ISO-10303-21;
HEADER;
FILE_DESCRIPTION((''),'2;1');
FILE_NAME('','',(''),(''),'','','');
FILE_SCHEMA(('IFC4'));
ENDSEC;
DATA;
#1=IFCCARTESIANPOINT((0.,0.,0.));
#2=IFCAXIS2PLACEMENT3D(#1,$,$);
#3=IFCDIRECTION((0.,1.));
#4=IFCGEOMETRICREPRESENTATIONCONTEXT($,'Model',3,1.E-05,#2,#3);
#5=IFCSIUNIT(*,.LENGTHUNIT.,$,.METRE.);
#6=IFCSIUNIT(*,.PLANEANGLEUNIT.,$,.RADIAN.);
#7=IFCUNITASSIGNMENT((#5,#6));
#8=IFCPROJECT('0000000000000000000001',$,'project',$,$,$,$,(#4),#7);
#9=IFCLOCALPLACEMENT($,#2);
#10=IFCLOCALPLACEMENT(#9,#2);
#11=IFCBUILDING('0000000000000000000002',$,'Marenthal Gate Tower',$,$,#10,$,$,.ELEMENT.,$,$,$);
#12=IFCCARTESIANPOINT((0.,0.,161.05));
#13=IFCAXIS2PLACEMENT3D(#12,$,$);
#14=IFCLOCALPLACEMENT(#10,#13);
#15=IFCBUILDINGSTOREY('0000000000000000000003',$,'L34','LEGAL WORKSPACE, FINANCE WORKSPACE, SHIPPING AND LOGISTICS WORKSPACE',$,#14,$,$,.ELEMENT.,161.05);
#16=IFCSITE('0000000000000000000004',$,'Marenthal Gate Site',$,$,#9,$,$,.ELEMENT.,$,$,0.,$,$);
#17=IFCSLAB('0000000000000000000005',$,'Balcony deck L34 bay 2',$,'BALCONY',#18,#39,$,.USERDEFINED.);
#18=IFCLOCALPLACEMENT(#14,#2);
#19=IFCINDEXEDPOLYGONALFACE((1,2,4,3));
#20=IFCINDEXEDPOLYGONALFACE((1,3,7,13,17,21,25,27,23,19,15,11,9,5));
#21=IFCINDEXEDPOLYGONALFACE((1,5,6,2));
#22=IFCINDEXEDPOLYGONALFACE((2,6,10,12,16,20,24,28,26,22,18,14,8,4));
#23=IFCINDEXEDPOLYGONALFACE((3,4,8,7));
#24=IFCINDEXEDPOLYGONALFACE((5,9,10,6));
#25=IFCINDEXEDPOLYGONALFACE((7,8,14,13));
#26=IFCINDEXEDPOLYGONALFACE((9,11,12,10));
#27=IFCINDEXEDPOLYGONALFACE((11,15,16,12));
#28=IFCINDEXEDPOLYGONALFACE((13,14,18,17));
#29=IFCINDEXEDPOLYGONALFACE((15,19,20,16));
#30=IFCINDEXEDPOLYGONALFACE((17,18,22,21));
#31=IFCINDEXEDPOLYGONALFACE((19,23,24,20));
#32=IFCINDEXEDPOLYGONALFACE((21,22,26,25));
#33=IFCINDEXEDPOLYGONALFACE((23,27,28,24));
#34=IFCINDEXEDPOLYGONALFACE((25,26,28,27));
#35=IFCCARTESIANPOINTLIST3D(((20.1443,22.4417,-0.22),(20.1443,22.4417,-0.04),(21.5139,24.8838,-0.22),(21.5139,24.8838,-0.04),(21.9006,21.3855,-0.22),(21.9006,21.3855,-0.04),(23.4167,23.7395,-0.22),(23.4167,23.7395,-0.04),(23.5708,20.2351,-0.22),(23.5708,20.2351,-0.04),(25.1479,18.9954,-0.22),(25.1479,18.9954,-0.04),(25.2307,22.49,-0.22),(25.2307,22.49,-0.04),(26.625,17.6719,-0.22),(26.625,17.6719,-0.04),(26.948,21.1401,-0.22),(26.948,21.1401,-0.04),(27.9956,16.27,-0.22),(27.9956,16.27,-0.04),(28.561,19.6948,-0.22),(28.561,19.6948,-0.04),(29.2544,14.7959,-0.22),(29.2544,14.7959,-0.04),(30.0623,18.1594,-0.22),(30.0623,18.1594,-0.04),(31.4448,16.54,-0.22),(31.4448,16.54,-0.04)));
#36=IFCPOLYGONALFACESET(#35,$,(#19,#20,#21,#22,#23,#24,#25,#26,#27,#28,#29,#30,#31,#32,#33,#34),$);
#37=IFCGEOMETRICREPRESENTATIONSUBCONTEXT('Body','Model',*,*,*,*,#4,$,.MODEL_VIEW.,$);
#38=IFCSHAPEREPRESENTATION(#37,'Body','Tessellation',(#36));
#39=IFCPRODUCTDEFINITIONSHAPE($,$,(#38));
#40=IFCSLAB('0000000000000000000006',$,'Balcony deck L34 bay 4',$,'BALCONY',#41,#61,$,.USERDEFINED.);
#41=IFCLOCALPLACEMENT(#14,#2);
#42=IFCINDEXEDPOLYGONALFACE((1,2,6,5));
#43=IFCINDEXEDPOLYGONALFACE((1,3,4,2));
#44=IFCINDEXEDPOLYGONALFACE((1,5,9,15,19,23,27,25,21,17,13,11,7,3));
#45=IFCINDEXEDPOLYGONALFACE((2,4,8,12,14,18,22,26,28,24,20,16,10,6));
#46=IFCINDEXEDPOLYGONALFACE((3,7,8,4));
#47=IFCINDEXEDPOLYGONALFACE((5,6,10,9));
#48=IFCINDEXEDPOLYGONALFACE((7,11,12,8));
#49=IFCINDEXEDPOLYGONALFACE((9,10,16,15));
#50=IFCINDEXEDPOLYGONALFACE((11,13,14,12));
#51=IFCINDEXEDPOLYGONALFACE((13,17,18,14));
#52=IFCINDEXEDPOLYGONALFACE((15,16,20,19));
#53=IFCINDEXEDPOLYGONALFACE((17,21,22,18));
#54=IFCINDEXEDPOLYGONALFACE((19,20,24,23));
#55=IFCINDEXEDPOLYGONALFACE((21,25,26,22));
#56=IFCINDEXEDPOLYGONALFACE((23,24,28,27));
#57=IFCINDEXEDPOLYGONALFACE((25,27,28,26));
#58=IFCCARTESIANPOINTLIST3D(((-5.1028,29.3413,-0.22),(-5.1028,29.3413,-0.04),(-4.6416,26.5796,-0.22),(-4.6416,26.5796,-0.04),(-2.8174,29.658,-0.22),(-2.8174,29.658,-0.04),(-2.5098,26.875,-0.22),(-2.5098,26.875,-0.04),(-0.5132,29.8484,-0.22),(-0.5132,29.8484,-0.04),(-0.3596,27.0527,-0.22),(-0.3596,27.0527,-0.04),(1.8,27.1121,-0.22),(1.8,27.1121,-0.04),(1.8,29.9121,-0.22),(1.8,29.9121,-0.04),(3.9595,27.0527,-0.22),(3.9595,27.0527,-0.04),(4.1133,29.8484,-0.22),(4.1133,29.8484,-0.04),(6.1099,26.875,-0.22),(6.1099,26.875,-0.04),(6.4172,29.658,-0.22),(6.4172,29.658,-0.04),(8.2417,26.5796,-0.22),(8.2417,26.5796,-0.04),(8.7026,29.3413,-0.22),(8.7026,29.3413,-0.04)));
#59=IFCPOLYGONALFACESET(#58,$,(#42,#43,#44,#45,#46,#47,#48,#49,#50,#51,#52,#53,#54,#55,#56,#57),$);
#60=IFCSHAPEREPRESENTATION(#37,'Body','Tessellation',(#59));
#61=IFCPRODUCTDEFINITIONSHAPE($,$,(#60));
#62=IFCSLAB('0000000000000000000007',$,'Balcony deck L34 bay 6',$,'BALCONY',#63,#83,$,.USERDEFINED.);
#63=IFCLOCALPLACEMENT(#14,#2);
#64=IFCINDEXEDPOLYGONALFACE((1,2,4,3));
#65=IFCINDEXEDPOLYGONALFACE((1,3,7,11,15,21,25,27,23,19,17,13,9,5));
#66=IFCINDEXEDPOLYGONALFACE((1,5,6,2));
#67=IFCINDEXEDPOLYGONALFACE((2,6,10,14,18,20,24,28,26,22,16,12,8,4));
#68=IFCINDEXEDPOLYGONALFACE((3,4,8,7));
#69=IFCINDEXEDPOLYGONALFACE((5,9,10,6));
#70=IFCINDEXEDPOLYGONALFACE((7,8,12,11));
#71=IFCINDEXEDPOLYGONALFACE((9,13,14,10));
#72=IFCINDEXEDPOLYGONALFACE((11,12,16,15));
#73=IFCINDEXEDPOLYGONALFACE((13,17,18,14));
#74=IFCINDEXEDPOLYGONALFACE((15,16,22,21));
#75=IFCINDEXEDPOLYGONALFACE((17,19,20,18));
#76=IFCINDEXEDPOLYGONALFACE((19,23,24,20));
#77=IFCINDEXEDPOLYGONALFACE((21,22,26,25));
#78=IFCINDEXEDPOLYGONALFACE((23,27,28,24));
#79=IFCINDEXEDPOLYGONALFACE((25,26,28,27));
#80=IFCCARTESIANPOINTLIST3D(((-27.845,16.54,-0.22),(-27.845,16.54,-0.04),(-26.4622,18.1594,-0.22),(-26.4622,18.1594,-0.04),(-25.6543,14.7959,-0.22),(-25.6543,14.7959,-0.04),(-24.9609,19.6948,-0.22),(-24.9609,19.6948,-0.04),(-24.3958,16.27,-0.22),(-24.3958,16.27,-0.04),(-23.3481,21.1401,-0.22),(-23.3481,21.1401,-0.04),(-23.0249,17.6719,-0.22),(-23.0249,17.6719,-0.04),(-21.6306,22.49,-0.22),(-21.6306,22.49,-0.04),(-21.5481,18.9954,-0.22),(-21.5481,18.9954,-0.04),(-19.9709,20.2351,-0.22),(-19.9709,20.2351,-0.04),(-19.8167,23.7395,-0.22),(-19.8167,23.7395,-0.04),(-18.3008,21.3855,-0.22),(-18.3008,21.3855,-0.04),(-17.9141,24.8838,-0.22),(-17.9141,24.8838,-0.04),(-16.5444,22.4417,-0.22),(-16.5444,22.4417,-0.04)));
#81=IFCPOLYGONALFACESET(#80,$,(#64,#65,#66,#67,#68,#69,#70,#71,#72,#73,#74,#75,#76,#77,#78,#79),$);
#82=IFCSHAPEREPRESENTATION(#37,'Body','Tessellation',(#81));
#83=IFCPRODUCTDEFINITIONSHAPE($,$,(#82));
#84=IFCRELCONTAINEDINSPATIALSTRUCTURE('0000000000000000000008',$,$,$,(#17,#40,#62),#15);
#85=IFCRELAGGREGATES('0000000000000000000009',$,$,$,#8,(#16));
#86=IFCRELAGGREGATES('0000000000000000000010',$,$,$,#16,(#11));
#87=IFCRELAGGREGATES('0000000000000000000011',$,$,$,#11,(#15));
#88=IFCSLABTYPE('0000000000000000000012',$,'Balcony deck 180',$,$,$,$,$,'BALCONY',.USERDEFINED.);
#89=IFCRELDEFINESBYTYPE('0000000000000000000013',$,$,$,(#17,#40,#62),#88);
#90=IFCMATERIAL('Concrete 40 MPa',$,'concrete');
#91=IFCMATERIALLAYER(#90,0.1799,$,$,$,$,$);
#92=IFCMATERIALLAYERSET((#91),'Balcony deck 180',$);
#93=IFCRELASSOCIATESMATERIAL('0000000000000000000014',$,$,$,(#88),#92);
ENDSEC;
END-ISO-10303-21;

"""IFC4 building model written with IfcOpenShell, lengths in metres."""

from ifc_helpers import new_model, si_unit, direction, frame, origin, place, context, subcontext, project, spatial, polyline, outline, extrude, material, layer, layer_set, type_object, element, save


model = new_model("IFC4")

# Units and contexts
model_context = context("Model", 3, precision=1e-05, world=origin(), true_north=direction((0.0, 1.0)))
body_context = subcontext(model_context, "Body", "Model", "MODEL_VIEW")
ifc_project = project(units=[si_unit("LENGTHUNIT", "METRE"), si_unit("PLANEANGLEUNIT", "RADIAN")], contexts=[model_context])

# Site, building, storey
site_placement = place(None, origin())
site = spatial("IfcSite", under=ifc_project, at=site_placement, Name="Marenthal Gate Site", CompositionType="ELEMENT", RefElevation=0.0)
building_placement = place(site_placement, origin())
building = spatial("IfcBuilding", under=site, at=building_placement, Name="Marenthal Gate Tower", CompositionType="ELEMENT")
storey_placement = place(building_placement, frame((0.0, 0.0, 161.05)))
storey = spatial("IfcBuildingStorey", under=building, at=storey_placement, Name="L34", Description="LEGAL WORKSPACE, FINANCE WORKSPACE, SHIPPING AND LOGISTICS WORKSPACE", CompositionType="ELEMENT", Elevation=161.05)

# Slabs
ifc_material_1 = material(Name="Concrete 40 MPa", Category="concrete")
ifc_layer_1 = layer(ifc_material_1, 0.1799)
ifc_layer_set_1 = layer_set([ifc_layer_1], Name="Balcony deck 180")
slab_type_1 = type_object("IfcSlabType", Name="Balcony deck 180", ElementType="BALCONY", PredefinedType="USERDEFINED", material=ifc_layer_set_1)
slab_1_placement = place(storey_placement, frame((0.0, 0.0, -0.22)))
element("IfcSlab", 1, at=slab_1_placement, inside=storey, type_object=slab_type_1, Name="Balcony deck L34 bay 2", ObjectType="BALCONY", PredefinedType="USERDEFINED", context=body_context, shape_type="SweptSolid", body=[
    extrude(outline(polyline([(29.2544, 14.7959), (27.9956, 16.27), (26.625, 17.6719), (25.1479, 18.9954), (23.5708, 20.2351), (21.9006, 21.3855), (20.1443, 22.4417), (21.5139, 24.8838), (23.4167, 23.7395), (25.2307, 22.49), (26.948, 21.1401), (28.561, 19.6948), (30.0623, 18.1594), (31.4448, 16.54), (29.2544, 14.7959)])), origin(), (0.0, 0.0, 1.0), 0.1799),
])
slab_2_placement = place(storey_placement, frame((0.0, 0.0, -0.22)))
element("IfcSlab", 2, at=slab_2_placement, inside=storey, type_object=slab_type_1, Name="Balcony deck L34 bay 4", ObjectType="BALCONY", PredefinedType="USERDEFINED", context=body_context, shape_type="SweptSolid", body=[
    extrude(outline(polyline([(8.2417, 26.5796), (6.1099, 26.875), (3.9595, 27.0527), (1.8, 27.1121), (-0.3596, 27.0527), (-2.5098, 26.875), (-4.6416, 26.5796), (-5.1028, 29.3413), (-2.8174, 29.658), (-0.5132, 29.8484), (1.8, 29.9121), (4.1133, 29.8484), (6.4172, 29.658), (8.7026, 29.3413), (8.2417, 26.5796)])), origin(), (0.0, 0.0, 1.0), 0.1799),
])
slab_3_placement = place(storey_placement, frame((0.0, 0.0, -0.22)))
element("IfcSlab", 3, at=slab_3_placement, inside=storey, type_object=slab_type_1, Name="Balcony deck L34 bay 6", ObjectType="BALCONY", PredefinedType="USERDEFINED", context=body_context, shape_type="SweptSolid", body=[
    extrude(outline(polyline([(-16.5444, 22.4417), (-18.3008, 21.3855), (-19.9709, 20.2351), (-21.5481, 18.9954), (-23.0249, 17.6719), (-24.3958, 16.27), (-25.6543, 14.7959), (-27.845, 16.54), (-26.4622, 18.1594), (-24.9609, 19.6948), (-23.3481, 21.1401), (-21.6306, 22.49), (-19.8167, 23.7395), (-17.9141, 24.8838), (-16.5444, 22.4417)])), origin(), (0.0, 0.0, 1.0), 0.1799),
])

save(model, "model.ifc")
